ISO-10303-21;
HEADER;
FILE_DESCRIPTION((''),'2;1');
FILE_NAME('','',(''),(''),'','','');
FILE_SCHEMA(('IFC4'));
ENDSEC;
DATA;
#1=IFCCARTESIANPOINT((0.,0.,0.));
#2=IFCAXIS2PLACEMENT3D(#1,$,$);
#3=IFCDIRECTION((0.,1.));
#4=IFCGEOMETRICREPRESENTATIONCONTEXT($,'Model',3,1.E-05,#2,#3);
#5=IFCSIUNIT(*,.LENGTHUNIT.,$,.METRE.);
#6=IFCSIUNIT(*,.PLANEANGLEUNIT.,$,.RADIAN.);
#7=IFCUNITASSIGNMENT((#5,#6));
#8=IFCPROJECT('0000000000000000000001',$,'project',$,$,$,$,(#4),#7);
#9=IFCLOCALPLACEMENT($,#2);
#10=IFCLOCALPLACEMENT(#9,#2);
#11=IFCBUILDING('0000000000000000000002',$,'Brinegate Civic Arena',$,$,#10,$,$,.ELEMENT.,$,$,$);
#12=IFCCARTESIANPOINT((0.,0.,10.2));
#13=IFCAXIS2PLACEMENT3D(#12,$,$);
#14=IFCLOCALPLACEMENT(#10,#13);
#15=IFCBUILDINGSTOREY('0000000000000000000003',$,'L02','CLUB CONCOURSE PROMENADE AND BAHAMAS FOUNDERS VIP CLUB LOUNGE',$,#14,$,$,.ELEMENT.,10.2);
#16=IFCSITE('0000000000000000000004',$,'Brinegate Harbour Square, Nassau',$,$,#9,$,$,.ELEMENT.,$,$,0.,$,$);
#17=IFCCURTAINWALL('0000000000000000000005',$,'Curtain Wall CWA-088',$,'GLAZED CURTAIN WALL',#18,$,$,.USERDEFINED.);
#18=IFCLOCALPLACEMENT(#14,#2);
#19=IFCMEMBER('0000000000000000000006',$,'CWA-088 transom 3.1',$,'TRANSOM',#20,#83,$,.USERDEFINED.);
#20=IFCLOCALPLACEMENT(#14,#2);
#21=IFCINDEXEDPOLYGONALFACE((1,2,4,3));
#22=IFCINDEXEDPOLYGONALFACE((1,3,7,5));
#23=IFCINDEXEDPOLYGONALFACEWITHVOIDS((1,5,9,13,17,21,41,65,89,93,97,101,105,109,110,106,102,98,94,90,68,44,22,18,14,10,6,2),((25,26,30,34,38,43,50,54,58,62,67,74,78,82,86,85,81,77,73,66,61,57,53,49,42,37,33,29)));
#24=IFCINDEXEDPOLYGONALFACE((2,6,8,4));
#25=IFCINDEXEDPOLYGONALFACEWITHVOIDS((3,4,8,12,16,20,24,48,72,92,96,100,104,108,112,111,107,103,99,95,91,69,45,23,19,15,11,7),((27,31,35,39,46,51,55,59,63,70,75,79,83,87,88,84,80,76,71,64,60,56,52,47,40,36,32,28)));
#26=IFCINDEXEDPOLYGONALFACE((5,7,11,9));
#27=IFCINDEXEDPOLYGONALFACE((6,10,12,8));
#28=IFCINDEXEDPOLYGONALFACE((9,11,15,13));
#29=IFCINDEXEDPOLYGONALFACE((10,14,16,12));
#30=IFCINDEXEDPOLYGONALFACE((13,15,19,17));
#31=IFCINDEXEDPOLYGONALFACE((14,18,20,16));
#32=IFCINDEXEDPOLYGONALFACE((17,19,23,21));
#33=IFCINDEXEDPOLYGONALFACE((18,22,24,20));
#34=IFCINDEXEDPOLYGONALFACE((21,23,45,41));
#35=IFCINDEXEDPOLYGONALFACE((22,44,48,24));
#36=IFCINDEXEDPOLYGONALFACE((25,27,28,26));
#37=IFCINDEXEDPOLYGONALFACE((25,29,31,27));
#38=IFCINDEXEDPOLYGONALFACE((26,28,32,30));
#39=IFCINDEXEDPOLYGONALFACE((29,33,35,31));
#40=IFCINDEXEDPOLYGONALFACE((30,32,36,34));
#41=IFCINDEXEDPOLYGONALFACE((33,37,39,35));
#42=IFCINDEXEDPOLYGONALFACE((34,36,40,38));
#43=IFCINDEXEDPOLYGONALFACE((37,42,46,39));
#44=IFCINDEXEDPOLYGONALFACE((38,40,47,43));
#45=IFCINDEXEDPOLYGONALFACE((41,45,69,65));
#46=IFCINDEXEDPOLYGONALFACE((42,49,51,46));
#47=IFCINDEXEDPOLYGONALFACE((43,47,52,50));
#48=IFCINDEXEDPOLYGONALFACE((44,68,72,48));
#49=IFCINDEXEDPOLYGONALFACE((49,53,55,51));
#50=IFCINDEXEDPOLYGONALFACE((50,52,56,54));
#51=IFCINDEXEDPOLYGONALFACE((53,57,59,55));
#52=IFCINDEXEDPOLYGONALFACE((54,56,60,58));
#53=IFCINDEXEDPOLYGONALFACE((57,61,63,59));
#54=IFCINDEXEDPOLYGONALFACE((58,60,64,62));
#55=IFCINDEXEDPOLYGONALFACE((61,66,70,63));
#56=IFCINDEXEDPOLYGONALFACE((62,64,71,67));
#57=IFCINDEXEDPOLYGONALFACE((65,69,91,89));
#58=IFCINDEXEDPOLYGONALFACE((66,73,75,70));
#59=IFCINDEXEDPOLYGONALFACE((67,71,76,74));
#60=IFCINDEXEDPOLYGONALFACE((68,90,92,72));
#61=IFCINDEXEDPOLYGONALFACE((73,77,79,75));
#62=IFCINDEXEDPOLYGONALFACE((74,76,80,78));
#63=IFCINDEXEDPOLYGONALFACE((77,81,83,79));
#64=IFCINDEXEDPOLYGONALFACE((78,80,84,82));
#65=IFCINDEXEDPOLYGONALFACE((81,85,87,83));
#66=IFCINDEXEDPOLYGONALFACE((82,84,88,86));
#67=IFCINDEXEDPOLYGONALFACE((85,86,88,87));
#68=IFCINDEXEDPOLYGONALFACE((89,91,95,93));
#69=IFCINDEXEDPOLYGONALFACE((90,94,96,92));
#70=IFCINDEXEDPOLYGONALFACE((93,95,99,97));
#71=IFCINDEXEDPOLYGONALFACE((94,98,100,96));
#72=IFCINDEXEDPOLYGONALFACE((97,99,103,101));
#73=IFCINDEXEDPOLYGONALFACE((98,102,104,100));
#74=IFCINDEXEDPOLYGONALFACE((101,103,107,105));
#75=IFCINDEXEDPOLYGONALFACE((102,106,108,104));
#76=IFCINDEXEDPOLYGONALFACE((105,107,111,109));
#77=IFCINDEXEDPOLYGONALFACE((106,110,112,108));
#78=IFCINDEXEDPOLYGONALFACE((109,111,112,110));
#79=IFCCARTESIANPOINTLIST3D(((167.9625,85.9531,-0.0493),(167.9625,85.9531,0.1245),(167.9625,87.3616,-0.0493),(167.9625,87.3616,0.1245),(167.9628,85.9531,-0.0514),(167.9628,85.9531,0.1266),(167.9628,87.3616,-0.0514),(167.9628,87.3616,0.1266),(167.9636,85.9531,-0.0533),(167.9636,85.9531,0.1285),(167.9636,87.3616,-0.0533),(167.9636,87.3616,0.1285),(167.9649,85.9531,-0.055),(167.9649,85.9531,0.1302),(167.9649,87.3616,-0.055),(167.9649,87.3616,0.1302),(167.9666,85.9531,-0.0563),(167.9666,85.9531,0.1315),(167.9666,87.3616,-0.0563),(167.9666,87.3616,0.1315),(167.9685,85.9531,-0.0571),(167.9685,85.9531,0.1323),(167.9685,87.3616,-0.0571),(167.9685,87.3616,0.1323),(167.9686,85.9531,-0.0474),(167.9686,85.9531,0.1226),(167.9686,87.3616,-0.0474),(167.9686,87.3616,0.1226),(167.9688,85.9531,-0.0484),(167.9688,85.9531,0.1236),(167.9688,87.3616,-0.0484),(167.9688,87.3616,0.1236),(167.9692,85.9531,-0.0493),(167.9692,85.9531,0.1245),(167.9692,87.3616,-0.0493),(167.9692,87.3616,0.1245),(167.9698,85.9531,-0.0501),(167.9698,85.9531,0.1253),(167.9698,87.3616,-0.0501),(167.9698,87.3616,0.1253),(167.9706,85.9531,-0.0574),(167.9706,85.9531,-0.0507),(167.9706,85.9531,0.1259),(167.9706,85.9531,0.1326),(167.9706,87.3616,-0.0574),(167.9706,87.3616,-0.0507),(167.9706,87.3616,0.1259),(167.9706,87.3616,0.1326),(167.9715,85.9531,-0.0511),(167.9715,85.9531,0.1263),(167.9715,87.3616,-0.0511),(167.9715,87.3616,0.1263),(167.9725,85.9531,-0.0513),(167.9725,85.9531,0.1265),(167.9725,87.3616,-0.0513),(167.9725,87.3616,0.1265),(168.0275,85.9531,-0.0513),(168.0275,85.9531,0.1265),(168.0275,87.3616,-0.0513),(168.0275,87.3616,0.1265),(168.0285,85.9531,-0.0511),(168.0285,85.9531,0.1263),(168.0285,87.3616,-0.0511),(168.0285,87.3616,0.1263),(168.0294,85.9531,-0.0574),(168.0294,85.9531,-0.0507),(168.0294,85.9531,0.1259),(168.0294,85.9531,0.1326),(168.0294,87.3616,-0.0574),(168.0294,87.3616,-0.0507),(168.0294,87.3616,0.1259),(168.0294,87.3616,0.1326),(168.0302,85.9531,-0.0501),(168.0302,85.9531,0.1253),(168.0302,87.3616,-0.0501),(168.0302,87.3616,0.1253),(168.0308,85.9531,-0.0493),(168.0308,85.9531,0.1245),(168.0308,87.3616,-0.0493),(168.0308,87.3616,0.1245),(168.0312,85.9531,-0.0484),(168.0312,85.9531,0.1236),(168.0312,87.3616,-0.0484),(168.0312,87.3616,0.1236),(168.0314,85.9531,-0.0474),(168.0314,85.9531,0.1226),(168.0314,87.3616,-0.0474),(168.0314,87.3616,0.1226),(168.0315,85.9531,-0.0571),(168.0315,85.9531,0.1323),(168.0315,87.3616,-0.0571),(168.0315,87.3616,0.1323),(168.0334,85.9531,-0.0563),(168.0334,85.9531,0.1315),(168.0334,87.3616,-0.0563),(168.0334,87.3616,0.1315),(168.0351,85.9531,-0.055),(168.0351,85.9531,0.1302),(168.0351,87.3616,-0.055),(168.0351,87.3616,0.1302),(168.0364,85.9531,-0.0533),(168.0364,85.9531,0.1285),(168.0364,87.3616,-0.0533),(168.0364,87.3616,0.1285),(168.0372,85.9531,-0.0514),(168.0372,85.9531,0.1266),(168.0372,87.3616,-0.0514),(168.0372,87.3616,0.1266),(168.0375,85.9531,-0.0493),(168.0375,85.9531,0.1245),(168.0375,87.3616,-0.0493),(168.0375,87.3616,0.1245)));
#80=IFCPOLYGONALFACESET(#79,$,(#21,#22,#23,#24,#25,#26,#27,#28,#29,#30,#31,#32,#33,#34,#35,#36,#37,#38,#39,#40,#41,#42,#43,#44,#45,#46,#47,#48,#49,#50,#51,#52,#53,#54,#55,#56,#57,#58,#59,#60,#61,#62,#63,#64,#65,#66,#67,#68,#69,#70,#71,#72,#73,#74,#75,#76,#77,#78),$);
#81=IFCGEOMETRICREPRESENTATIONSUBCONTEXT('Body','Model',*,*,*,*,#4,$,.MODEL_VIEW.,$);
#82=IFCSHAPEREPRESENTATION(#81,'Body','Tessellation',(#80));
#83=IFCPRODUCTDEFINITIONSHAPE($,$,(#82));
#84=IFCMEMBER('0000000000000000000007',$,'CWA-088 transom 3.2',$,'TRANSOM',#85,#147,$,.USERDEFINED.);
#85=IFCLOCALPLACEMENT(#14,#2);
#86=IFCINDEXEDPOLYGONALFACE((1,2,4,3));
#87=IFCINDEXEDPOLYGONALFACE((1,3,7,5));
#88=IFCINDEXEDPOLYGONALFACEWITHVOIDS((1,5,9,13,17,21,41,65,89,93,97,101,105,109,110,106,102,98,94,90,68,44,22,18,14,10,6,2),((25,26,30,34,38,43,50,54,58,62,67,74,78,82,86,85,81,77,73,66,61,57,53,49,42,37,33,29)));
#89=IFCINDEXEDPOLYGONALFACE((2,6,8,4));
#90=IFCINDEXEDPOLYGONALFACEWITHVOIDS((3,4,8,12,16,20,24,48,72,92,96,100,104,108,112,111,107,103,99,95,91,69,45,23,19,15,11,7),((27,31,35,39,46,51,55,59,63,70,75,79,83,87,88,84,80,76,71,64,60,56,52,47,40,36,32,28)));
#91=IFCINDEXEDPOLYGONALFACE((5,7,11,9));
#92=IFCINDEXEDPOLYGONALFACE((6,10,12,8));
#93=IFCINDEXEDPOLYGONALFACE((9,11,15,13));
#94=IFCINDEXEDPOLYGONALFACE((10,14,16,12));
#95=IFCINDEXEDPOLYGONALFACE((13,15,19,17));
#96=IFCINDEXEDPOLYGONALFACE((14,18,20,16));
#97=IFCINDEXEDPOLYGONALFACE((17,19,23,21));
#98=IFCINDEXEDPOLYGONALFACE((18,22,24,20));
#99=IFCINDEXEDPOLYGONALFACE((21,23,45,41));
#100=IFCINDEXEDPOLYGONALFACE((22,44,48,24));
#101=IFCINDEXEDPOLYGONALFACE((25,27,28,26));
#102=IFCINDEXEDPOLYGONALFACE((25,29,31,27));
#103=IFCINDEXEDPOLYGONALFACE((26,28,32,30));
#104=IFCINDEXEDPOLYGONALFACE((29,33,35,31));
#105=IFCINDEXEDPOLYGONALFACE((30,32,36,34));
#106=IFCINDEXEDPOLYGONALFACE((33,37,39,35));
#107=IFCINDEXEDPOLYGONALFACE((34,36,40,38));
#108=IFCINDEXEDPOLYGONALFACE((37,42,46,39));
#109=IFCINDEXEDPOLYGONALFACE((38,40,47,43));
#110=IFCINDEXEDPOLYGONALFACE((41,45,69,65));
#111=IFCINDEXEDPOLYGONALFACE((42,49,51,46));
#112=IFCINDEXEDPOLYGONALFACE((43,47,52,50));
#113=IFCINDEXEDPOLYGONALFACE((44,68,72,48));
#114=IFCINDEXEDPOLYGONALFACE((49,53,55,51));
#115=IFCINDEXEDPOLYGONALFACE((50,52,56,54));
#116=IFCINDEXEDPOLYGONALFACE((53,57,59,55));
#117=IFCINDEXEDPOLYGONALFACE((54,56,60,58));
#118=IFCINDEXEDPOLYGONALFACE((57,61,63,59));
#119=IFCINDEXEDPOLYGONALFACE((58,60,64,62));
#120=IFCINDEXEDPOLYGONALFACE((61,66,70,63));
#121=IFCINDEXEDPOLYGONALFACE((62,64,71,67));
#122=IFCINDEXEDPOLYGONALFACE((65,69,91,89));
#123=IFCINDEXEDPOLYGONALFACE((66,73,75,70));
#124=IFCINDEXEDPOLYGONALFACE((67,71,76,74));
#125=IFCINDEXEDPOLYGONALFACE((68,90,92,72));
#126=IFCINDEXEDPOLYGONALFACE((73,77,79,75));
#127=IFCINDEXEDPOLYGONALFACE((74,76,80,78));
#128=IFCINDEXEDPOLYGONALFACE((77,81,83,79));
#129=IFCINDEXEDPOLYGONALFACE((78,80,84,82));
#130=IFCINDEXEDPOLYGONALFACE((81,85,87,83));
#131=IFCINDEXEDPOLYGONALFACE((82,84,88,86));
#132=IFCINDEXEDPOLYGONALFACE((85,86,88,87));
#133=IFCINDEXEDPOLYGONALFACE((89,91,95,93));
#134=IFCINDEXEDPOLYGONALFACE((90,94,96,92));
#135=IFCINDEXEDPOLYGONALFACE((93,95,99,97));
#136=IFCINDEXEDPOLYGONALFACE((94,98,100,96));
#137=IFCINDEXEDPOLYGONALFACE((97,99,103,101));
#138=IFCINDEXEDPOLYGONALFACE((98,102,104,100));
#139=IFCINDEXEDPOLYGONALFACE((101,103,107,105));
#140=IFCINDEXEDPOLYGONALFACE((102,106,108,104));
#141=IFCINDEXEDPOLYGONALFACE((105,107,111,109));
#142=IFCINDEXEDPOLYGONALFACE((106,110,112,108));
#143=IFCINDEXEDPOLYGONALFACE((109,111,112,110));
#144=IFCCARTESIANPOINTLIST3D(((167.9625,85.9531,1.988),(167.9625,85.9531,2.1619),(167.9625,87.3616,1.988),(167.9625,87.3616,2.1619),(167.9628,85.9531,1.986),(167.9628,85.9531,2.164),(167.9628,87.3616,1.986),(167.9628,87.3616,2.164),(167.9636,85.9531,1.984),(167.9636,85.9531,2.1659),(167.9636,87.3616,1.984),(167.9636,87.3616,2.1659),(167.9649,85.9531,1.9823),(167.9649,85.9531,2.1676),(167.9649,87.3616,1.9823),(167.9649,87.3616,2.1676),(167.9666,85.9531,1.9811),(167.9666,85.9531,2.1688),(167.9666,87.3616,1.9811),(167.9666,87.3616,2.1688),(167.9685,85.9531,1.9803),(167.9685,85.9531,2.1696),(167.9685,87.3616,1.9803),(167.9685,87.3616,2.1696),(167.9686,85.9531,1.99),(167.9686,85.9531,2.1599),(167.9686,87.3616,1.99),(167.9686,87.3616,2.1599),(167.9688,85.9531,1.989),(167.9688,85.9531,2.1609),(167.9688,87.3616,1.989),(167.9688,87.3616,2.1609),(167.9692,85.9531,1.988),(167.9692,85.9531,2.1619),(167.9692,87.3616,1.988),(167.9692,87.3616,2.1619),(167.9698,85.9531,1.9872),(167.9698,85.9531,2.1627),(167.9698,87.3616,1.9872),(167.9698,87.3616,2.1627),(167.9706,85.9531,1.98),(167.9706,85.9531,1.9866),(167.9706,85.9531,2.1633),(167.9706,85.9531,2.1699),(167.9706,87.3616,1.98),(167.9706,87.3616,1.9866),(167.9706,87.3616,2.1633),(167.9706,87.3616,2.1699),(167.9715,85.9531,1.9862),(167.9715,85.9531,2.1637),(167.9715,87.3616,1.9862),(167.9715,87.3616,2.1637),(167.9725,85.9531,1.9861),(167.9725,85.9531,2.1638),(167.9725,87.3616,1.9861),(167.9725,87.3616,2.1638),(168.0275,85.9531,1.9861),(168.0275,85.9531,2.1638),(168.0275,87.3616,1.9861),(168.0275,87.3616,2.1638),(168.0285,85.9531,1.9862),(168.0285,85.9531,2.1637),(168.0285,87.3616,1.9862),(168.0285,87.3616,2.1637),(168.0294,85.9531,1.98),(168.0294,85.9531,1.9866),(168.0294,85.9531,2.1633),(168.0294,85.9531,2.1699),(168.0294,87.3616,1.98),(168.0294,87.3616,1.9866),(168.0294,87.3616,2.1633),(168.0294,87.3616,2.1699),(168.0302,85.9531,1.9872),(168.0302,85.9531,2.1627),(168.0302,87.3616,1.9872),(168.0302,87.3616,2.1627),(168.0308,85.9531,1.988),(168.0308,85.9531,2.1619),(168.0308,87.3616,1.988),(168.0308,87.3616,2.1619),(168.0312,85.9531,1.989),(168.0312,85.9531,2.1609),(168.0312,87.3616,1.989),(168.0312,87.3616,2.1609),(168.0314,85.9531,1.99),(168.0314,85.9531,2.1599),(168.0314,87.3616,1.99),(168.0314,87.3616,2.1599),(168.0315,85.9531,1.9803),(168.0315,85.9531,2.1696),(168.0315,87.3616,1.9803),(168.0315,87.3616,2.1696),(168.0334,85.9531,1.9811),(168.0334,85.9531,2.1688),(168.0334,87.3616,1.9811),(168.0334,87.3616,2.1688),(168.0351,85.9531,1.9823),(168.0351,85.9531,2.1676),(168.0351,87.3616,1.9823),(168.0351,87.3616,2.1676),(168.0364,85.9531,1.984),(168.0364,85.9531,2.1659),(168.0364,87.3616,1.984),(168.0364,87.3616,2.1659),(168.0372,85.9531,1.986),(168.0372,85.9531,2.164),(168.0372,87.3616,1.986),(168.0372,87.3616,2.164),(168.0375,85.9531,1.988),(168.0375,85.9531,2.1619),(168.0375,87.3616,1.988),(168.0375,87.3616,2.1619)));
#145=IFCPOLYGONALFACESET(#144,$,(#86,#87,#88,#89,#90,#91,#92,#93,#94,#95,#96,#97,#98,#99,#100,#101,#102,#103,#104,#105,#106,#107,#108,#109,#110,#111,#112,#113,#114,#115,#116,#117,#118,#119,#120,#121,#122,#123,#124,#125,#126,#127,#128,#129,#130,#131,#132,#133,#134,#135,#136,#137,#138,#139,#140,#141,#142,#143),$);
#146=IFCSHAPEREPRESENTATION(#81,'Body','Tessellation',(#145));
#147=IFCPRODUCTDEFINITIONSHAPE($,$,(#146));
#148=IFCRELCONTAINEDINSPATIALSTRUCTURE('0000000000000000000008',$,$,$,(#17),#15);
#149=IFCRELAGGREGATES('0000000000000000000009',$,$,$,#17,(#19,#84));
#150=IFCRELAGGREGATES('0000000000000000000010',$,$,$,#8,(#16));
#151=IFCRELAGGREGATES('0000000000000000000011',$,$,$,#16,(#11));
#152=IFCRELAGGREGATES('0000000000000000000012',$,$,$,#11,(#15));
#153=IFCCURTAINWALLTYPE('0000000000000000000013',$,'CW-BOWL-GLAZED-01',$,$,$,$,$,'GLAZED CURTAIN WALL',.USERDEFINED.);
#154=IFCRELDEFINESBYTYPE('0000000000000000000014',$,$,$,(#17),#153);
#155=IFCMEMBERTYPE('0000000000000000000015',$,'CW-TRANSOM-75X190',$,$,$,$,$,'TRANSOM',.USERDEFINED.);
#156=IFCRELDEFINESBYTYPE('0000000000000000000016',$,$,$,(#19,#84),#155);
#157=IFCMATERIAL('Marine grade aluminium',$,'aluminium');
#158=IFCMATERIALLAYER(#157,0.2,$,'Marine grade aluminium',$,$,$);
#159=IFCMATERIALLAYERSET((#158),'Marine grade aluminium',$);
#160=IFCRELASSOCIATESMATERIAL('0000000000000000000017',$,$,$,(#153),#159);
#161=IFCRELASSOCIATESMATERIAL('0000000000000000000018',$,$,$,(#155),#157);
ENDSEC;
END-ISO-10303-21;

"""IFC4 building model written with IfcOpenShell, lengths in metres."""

from ifc_helpers import new_model, si_unit, direction, frame, origin, origin_2d, place, context, subcontext, project, spatial, hollow_rectangle, extrude, material, layer, layer_set, material_profile, profile_set, type_object, element, aggregate, save


model = new_model("IFC4")

# Units and contexts
model_context = context("Model", 3, precision=1e-05, world=origin(), true_north=direction((0.0, 1.0)))
body_context = subcontext(model_context, "Body", "Model", "MODEL_VIEW")
ifc_project = project(units=[si_unit("LENGTHUNIT", "METRE"), si_unit("PLANEANGLEUNIT", "RADIAN")], contexts=[model_context])

# Site, building, storey
site_placement = place(None, origin())
site = spatial("IfcSite", under=ifc_project, at=site_placement, Name="Brinegate Harbour Square, Nassau", CompositionType="ELEMENT", RefElevation=0.0)
building_placement = place(site_placement, origin())
building = spatial("IfcBuilding", under=site, at=building_placement, Name="Brinegate Civic Arena", CompositionType="ELEMENT")
storey_placement = place(building_placement, frame((0.0, 0.0, 10.2)))
storey = spatial("IfcBuildingStorey", under=building, at=storey_placement, Name="L02", Description="CLUB CONCOURSE PROMENADE AND BAHAMAS FOUNDERS VIP CLUB LOUNGE", CompositionType="ELEMENT", Elevation=10.2)

# Curtain wall, members
ifc_material_1 = material(Name="Marine grade aluminium", Category="aluminium")
ifc_layer_1 = layer(ifc_material_1, 0.2, Name="Marine grade aluminium")
ifc_layer_set_1 = layer_set([ifc_layer_1], Name="Marine grade aluminium")
curtain_wall_type = type_object("IfcCurtainWallType", Name="CW-BOWL-GLAZED-01", ElementType="GLAZED CURTAIN WALL", PredefinedType="USERDEFINED", material=ifc_layer_set_1)
curtain_wall_placement = place(storey_placement, origin())
curtain_wall = element("IfcCurtainWall", 1, at=curtain_wall_placement, inside=storey, type_object=curtain_wall_type, Name="Curtain Wall CWA-088", ObjectType="GLAZED CURTAIN WALL", PredefinedType="USERDEFINED")
ifc_material_profile_1 = material_profile(ifc_material_1, hollow_rectangle(XDim=0.075, YDim=0.1899, WallThickness=0.0061, InnerFilletRadius=0.0039, OuterFilletRadius=0.0081, at=origin_2d()), Name="TRN75X190")
ifc_profile_set_1 = profile_set([ifc_material_profile_1], Name="Marine grade aluminium")
member_type_1 = type_object("IfcMemberType", Name="CW-TRANSOM-75X190", ElementType="TRANSOM", PredefinedType="USERDEFINED", material=ifc_profile_set_1)
member_1_placement = place(storey_placement, frame((168.0, 85.9531, 0.0376), z_axis=(0.0, 1.0, 0.0), x_axis=(-1.0, 0.0, 0.0)))
member_1 = element("IfcMember", 2, at=member_1_placement, type_object=member_type_1, Name="CWA-088 transom 3.1", ObjectType="TRANSOM", PredefinedType="USERDEFINED", context=body_context, shape_type="SweptSolid", body=[
    extrude(hollow_rectangle(XDim=0.075, YDim=0.1899, WallThickness=0.0061, InnerFilletRadius=0.0039, OuterFilletRadius=0.0081, at=origin_2d()), origin(), (0.0, 0.0, 1.0), 1.4084),
])
member_2_placement = place(storey_placement, frame((168.0, 85.9531, 2.075), z_axis=(0.0, 1.0, 0.0), x_axis=(-1.0, 0.0, 0.0)))
member_2 = element("IfcMember", 3, at=member_2_placement, type_object=member_type_1, Name="CWA-088 transom 3.2", ObjectType="TRANSOM", PredefinedType="USERDEFINED", context=body_context, shape_type="SweptSolid", body=[
    extrude(hollow_rectangle(XDim=0.075, YDim=0.1899, WallThickness=0.0061, InnerFilletRadius=0.0039, OuterFilletRadius=0.0081, at=origin_2d()), origin(), (0.0, 0.0, 1.0), 1.4084),
])

aggregate(curtain_wall, [member_1, member_2])

save(model, "model.ifc")
